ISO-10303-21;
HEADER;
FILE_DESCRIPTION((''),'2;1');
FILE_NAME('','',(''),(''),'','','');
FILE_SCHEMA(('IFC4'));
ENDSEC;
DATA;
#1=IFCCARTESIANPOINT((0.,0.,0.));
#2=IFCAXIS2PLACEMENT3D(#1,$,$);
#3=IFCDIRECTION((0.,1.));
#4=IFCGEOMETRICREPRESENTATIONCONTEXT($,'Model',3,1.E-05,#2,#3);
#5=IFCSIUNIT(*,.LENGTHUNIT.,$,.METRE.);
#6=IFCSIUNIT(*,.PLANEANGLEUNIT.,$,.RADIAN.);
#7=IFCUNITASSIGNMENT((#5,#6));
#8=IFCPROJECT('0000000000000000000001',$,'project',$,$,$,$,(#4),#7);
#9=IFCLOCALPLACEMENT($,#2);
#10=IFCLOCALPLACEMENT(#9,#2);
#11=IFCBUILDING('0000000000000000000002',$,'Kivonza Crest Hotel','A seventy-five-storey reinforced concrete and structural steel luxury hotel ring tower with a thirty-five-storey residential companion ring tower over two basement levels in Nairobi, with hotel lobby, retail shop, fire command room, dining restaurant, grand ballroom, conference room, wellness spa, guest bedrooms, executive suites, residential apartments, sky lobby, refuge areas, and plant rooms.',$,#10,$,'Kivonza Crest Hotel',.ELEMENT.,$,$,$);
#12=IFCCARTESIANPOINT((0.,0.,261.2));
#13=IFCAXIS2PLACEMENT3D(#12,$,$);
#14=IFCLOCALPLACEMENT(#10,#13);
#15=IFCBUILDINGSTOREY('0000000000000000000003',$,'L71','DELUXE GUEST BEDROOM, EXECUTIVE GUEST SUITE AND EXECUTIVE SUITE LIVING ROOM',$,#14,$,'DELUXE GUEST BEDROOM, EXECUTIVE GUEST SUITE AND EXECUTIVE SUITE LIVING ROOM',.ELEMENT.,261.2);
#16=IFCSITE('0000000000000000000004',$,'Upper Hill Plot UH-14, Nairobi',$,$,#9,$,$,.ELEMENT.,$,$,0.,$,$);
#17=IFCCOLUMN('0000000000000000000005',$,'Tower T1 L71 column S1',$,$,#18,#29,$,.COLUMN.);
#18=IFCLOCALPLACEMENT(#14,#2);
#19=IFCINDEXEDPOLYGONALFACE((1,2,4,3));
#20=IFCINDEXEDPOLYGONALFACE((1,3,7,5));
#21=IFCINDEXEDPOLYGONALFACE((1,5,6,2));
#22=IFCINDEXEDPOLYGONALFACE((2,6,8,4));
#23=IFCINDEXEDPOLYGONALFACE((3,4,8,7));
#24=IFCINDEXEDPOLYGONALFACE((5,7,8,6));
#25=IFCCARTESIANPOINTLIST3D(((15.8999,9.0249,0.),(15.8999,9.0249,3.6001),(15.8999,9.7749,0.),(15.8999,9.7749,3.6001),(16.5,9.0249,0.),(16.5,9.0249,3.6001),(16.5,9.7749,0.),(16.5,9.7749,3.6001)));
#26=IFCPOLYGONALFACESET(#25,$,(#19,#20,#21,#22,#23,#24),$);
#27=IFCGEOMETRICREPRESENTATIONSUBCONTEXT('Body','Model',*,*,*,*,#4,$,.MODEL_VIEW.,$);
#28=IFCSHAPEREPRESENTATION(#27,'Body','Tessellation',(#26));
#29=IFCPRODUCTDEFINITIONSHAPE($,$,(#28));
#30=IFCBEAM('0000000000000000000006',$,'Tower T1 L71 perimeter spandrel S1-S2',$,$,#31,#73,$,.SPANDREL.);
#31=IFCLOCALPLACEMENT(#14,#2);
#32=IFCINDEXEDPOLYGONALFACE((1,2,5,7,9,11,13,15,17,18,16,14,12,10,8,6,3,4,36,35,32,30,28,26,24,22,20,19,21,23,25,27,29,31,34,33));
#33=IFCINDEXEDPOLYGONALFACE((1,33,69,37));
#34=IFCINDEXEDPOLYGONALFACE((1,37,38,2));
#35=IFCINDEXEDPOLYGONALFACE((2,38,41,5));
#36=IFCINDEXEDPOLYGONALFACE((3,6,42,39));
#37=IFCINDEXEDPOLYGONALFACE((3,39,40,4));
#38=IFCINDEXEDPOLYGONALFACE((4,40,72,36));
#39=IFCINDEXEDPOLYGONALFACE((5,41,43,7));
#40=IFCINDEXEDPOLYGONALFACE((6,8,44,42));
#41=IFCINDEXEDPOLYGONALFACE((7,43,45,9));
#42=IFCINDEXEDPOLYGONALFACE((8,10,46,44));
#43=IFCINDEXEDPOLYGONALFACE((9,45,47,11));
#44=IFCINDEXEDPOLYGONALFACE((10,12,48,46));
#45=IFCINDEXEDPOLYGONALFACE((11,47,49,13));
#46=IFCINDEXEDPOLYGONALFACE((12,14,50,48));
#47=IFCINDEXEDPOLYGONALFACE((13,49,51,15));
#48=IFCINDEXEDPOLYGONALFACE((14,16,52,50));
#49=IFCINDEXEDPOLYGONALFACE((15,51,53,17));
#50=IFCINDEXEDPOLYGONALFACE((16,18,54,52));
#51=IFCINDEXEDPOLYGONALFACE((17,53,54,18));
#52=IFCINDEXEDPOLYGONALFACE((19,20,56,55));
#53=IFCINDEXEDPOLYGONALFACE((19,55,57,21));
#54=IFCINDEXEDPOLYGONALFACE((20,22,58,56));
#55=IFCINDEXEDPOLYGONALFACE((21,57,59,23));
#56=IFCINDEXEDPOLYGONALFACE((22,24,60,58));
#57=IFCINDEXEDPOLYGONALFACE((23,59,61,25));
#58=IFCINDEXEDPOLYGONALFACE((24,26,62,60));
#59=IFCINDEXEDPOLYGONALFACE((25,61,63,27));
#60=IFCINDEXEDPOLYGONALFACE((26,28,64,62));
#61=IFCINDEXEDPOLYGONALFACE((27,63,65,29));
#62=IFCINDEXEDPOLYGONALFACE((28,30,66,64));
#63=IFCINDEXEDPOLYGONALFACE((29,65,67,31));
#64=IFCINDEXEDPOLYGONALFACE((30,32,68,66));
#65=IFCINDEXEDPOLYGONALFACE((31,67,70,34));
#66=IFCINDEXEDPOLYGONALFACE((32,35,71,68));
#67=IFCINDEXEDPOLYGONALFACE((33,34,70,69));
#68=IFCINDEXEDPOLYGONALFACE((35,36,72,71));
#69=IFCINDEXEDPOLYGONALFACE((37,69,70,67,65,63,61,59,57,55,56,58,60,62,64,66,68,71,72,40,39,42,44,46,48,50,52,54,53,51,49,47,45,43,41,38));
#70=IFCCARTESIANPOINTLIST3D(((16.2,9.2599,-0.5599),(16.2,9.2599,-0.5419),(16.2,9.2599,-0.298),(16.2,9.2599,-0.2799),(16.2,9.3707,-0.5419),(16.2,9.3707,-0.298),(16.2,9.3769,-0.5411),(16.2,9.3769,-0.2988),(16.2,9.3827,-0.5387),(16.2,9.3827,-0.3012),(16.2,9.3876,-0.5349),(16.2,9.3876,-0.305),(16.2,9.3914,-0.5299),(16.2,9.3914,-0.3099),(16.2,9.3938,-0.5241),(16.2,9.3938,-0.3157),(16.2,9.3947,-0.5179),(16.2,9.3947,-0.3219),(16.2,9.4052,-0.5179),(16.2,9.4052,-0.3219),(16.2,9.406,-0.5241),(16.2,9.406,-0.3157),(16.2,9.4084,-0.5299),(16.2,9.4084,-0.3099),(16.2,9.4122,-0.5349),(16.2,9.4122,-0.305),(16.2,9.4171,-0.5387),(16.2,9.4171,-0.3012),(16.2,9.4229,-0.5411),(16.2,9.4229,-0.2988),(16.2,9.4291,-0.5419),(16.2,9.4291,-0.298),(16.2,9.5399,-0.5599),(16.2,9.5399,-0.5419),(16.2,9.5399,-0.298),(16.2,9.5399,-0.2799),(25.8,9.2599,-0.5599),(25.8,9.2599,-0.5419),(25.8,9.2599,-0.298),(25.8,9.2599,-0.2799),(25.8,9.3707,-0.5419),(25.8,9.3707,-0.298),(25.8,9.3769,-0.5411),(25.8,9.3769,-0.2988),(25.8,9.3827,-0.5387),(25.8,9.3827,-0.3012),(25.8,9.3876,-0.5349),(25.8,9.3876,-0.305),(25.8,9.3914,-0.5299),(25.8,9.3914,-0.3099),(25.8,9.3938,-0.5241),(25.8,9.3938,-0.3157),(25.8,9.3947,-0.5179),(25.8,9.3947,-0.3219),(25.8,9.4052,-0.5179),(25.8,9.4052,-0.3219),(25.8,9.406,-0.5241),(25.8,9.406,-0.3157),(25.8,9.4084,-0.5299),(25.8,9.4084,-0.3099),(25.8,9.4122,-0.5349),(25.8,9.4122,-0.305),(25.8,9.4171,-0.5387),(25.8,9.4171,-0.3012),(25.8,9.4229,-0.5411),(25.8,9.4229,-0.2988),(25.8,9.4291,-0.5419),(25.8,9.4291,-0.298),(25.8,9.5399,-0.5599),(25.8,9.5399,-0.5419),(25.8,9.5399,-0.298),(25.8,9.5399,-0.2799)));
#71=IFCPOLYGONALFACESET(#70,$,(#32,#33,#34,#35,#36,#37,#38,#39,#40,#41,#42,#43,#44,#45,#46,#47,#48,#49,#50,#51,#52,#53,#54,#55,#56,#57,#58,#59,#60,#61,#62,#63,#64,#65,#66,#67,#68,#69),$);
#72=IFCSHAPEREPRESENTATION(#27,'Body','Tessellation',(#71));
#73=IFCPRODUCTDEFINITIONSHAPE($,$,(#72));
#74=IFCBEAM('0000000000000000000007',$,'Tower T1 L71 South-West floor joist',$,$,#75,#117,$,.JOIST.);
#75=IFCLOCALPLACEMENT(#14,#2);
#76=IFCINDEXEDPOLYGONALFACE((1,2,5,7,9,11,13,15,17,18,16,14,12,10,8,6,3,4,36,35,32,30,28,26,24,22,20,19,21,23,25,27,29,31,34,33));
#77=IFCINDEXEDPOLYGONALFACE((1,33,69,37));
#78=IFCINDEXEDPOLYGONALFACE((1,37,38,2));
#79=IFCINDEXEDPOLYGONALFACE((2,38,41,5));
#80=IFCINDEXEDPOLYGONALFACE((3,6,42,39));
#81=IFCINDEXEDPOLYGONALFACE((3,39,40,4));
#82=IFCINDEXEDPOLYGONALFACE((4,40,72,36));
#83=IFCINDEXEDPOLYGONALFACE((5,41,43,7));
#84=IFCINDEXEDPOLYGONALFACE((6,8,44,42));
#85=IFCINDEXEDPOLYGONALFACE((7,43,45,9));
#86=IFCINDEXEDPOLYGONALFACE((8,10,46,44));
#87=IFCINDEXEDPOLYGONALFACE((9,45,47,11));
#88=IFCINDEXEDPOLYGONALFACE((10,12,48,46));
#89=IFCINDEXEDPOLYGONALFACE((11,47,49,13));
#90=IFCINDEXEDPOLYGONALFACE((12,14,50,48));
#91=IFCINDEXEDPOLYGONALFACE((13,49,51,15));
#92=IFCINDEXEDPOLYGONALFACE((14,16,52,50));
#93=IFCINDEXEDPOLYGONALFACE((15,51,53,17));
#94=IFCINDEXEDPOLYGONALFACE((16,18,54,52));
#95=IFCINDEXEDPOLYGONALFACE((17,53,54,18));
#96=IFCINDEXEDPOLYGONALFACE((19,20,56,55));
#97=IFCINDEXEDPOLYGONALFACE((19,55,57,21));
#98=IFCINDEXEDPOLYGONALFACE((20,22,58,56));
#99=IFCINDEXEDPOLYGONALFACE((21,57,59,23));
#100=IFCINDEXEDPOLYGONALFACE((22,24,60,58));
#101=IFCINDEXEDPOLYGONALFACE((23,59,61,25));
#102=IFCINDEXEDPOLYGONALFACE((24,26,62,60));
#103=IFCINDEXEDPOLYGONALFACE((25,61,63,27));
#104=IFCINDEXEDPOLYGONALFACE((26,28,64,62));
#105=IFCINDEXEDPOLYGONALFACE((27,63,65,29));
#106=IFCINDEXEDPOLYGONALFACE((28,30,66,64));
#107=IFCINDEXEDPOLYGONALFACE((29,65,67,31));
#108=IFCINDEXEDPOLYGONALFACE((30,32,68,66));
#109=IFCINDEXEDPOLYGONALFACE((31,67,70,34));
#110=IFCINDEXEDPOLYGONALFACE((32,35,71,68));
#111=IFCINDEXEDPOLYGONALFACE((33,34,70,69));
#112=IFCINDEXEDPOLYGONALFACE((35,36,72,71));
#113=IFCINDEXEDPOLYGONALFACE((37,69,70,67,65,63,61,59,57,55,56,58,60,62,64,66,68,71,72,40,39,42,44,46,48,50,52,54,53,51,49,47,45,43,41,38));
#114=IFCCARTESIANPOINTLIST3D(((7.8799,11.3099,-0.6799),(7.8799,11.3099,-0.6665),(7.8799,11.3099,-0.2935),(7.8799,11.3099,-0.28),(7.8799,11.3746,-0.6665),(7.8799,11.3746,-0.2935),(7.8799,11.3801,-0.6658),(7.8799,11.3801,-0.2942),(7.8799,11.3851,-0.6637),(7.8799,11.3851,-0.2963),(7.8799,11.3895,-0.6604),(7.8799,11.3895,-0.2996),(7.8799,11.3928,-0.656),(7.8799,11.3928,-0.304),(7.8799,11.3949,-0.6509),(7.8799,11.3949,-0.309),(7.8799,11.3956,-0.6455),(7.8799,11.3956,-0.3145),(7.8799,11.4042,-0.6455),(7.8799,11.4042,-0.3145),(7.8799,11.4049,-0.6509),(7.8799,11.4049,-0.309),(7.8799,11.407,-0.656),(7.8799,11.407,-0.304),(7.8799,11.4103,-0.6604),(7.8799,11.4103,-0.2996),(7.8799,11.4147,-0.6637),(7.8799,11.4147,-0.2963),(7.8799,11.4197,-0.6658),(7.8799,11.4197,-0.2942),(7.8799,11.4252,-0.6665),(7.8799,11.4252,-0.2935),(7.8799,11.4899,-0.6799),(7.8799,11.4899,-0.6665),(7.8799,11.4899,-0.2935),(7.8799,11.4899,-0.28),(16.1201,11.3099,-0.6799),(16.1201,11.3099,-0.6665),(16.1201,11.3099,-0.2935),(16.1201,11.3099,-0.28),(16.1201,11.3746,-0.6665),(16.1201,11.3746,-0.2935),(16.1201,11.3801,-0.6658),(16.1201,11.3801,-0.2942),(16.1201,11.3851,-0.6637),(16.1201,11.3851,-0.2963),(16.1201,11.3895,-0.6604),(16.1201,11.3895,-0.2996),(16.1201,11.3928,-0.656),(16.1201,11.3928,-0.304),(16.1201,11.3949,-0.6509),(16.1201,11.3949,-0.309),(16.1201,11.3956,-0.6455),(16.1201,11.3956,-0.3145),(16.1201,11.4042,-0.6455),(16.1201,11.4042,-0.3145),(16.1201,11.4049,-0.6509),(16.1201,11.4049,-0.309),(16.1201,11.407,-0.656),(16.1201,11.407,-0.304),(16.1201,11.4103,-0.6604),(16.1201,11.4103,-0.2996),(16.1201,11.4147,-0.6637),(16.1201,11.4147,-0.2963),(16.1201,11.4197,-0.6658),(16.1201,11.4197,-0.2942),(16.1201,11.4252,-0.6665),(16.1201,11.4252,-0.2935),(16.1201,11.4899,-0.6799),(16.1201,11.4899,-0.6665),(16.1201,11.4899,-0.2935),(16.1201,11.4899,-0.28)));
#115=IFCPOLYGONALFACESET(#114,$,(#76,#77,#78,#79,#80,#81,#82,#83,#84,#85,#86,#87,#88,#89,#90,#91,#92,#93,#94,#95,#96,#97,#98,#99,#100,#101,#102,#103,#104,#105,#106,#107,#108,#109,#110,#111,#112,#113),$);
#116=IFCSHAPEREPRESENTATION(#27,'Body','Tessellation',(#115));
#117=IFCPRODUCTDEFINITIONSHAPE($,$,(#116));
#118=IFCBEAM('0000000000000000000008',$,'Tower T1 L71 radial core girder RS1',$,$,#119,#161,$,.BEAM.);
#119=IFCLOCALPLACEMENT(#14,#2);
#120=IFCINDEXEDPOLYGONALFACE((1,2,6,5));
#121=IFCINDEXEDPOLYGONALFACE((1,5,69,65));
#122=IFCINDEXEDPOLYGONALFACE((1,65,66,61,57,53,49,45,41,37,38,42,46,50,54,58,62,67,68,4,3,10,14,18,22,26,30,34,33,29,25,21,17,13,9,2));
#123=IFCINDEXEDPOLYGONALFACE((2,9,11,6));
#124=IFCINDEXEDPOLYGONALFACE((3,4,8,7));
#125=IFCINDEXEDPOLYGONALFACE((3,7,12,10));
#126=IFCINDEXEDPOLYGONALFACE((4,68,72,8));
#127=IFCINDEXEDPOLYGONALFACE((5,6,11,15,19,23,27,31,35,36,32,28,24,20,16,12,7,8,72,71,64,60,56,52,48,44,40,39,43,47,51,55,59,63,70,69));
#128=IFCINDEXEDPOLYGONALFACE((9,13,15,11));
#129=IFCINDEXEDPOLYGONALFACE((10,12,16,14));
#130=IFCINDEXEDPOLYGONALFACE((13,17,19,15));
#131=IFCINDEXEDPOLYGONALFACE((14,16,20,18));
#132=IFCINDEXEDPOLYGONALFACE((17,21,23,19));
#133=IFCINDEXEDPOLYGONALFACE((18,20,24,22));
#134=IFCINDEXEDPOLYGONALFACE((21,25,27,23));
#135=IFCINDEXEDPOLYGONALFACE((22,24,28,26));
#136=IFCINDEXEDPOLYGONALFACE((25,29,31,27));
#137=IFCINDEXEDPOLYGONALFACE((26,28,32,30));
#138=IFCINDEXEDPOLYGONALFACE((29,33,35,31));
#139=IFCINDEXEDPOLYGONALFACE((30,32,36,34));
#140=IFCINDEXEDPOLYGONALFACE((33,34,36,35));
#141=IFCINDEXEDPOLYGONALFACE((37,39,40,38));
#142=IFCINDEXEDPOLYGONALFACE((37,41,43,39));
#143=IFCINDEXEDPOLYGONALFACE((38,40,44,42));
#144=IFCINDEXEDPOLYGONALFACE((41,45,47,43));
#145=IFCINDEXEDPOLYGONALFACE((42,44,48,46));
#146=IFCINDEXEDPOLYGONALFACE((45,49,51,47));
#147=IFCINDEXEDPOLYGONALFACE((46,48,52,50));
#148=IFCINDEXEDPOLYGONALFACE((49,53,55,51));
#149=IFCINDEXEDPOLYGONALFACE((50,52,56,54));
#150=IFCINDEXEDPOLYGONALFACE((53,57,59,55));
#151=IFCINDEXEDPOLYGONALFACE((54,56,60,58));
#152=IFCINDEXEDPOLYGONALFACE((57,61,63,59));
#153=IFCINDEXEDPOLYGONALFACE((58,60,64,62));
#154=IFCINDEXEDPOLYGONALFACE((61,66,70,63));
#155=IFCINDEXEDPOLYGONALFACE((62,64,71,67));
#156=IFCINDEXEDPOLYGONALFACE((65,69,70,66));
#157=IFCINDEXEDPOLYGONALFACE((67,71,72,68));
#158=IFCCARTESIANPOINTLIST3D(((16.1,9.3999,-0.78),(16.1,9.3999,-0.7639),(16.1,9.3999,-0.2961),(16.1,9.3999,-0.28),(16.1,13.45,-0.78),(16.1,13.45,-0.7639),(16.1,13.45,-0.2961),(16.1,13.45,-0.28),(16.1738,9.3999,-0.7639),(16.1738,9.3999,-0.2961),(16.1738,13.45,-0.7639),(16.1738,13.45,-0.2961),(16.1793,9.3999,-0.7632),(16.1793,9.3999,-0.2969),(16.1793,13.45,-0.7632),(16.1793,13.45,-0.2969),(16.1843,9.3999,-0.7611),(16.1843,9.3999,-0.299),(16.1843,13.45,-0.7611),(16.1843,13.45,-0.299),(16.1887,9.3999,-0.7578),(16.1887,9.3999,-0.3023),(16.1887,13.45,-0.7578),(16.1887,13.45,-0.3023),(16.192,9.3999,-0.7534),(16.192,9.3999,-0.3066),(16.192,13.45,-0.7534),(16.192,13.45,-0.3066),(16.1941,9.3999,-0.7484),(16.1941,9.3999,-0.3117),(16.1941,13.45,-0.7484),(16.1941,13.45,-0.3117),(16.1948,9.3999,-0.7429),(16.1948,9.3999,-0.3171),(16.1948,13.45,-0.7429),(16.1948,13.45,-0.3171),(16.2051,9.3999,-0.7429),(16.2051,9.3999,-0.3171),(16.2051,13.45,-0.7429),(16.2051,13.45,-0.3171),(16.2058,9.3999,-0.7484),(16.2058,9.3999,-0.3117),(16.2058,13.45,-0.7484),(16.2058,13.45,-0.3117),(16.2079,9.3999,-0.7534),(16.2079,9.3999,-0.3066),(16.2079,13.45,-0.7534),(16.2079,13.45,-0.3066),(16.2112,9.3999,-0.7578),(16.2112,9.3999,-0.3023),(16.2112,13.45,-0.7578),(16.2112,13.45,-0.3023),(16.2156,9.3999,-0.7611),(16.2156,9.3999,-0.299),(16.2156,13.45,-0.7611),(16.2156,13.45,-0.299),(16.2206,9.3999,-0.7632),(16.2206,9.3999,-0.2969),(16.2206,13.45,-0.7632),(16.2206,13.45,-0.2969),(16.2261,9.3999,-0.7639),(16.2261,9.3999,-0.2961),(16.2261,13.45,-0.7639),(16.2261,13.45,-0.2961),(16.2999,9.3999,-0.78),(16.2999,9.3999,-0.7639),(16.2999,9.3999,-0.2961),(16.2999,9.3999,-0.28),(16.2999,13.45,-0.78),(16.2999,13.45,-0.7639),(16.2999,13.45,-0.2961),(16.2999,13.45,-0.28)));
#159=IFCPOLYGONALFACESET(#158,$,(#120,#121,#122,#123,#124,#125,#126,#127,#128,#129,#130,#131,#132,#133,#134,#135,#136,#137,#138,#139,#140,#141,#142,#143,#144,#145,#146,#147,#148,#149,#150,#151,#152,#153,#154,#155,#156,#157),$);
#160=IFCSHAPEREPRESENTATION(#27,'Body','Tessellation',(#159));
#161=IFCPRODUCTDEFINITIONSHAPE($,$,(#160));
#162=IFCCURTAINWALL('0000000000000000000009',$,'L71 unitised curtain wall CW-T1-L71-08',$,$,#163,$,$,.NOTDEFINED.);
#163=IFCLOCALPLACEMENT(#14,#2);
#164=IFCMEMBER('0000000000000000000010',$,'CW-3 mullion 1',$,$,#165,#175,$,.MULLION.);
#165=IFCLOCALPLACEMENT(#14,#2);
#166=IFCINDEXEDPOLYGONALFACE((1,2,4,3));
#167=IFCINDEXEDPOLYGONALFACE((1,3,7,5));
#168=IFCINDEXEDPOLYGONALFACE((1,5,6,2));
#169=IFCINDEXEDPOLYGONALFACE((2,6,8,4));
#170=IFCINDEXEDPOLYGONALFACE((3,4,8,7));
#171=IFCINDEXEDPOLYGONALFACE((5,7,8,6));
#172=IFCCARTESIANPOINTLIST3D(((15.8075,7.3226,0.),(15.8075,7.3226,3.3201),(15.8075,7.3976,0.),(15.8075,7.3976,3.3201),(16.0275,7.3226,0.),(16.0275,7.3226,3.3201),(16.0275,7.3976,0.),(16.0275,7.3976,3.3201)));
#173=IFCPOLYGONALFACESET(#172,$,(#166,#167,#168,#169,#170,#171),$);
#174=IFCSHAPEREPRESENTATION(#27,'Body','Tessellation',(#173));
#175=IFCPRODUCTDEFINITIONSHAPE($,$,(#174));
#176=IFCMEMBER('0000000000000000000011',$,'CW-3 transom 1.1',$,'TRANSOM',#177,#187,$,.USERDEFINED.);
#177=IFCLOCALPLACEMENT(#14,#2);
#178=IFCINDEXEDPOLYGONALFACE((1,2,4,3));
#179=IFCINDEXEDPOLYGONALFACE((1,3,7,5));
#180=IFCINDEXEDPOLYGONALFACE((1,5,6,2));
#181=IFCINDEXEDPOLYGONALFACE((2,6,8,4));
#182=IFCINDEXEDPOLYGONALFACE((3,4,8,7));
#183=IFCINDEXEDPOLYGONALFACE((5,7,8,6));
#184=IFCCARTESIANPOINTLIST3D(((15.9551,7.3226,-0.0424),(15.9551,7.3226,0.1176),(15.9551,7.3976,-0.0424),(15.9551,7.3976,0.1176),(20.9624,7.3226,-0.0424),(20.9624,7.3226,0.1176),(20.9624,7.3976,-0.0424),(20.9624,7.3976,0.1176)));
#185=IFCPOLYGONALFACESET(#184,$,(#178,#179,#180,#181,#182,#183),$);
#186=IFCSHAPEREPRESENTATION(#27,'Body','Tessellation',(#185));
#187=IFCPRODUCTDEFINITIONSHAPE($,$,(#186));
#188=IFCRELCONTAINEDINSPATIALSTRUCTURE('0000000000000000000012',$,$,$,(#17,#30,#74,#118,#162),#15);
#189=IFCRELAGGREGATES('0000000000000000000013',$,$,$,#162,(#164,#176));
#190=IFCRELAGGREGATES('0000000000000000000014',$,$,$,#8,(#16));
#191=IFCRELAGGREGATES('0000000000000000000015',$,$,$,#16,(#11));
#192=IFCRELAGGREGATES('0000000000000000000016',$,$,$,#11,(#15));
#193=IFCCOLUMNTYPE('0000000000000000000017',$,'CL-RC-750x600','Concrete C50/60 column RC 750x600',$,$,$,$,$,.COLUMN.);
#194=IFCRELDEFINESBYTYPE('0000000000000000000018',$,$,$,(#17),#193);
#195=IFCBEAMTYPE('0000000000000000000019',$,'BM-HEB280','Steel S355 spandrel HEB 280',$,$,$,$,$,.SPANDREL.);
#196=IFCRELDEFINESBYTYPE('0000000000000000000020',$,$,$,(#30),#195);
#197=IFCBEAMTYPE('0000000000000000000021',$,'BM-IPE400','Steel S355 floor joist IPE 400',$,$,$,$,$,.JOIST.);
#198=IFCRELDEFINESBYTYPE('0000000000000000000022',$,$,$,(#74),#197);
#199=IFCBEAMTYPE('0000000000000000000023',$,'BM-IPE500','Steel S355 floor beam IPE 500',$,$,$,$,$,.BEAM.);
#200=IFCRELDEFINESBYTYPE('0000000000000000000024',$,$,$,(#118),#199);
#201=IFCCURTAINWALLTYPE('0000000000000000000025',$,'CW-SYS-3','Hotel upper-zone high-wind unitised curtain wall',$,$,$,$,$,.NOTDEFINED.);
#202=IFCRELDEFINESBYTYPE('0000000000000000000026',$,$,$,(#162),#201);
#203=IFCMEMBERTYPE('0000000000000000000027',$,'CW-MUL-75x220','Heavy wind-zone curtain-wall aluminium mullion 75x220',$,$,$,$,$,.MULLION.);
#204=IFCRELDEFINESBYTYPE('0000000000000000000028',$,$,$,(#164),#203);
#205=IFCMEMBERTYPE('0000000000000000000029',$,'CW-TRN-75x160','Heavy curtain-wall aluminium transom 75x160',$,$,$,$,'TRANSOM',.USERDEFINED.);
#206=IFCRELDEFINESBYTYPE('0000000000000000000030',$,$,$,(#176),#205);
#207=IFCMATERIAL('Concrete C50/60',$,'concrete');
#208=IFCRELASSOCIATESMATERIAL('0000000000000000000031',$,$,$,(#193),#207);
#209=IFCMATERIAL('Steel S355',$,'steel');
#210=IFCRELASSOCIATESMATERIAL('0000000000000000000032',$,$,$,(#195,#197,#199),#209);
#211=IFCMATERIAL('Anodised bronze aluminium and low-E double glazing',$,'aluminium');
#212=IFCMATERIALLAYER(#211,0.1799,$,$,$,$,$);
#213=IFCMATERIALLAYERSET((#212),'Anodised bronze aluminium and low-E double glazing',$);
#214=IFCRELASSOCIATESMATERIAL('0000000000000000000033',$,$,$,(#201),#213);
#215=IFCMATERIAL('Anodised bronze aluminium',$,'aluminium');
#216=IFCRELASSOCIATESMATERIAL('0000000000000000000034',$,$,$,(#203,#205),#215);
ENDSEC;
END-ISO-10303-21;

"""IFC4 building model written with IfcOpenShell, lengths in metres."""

from ifc_helpers import new_model, si_unit, direction, frame, origin, origin_2d, place, context, subcontext, project, spatial, rectangle, i_section, extrude, material, layer, layer_set, material_profile, profile_set, type_object, element, aggregate, save


model = new_model("IFC4")

# Units and contexts
model_context = context("Model", 3, precision=1e-05, world=origin(), true_north=direction((0.0, 1.0)))
body_context = subcontext(model_context, "Body", "Model", "MODEL_VIEW")
ifc_project = project(units=[si_unit("LENGTHUNIT", "METRE"), si_unit("PLANEANGLEUNIT", "RADIAN")], contexts=[model_context])

# Site, building, storey
site_placement = place(None, origin())
site = spatial("IfcSite", under=ifc_project, at=site_placement, Name="Upper Hill Plot UH-14, Nairobi", CompositionType="ELEMENT", RefElevation=0.0)
building_placement = place(site_placement, origin())
building = spatial("IfcBuilding", under=site, at=building_placement, Name="Kivonza Crest Hotel", Description="A seventy-five-storey reinforced concrete and structural steel luxury hotel ring tower with a thirty-five-storey residential companion ring tower over two basement levels in Nairobi, with hotel lobby, retail shop, fire command room, dining restaurant, grand ballroom, conference room, wellness spa, guest bedrooms, executive suites, residential apartments, sky lobby, refuge areas, and plant rooms.", LongName="Kivonza Crest Hotel", CompositionType="ELEMENT")
storey_placement = place(building_placement, frame((0.0, 0.0, 261.2)))
storey = spatial("IfcBuildingStorey", under=building, at=storey_placement, Name="L71", Description="DELUXE GUEST BEDROOM, EXECUTIVE GUEST SUITE AND EXECUTIVE SUITE LIVING ROOM", LongName="DELUXE GUEST BEDROOM, EXECUTIVE GUEST SUITE AND EXECUTIVE SUITE LIVING ROOM", CompositionType="ELEMENT", Elevation=261.2)

# Column
ifc_material_1 = material(Name="Concrete C50/60", Category="concrete")
ifc_material_profile_1 = material_profile(ifc_material_1, rectangle(XDim=0.6001, YDim=0.75, at=origin_2d()), Name="RC 750x600")
ifc_profile_set_1 = profile_set([ifc_material_profile_1], Name="Concrete C50/60")
column_type = type_object("IfcColumnType", Name="CL-RC-750x600", Description="Concrete C50/60 column RC 750x600", PredefinedType="COLUMN", material=ifc_profile_set_1)
column_placement = place(storey_placement, frame((16.2, 9.3999, 0.0), z_axis=(0.0, 0.0, 1.0), x_axis=(1.0, 0.0, 0.0)))
element("IfcColumn", 1, at=column_placement, inside=storey, type_object=column_type, Name="Tower T1 L71 column S1", PredefinedType="COLUMN", context=body_context, shape_type="SweptSolid", body=[
    extrude(rectangle(XDim=0.6001, YDim=0.75, at=origin_2d()), origin(), (0.0, 0.0, 1.0), 3.6001),
])

# Beams
ifc_material_2 = material(Name="Steel S355", Category="steel")
ifc_material_profile_2 = material_profile(ifc_material_2, i_section(OverallWidth=0.28, OverallDepth=0.28, WebThickness=0.0105, FlangeThickness=0.0181, FilletRadius=0.0239, at=origin_2d()), Name="HEB 280")
ifc_profile_set_2 = profile_set([ifc_material_profile_2], Name="Steel S355")
beam_type_1 = type_object("IfcBeamType", Name="BM-HEB280", Description="Steel S355 spandrel HEB 280", PredefinedType="SPANDREL", material=ifc_profile_set_2)
beam_1_placement = place(storey_placement, frame((16.2, 9.3999, -0.4199), z_axis=(1.0, 0.0, 0.0), x_axis=(0.0, 1.0, 0.0)))
element("IfcBeam", 2, at=beam_1_placement, inside=storey, type_object=beam_type_1, Name="Tower T1 L71 perimeter spandrel S1-S2", PredefinedType="SPANDREL", context=body_context, shape_type="SweptSolid", body=[
    extrude(i_section(OverallWidth=0.28, OverallDepth=0.28, WebThickness=0.0105, FlangeThickness=0.0181, FilletRadius=0.0239, at=origin_2d()), origin(), (0.0, 0.0, 1.0), 9.6001),
])
ifc_material_profile_3 = material_profile(ifc_material_2, i_section(OverallWidth=0.1799, OverallDepth=0.3999, WebThickness=0.0085, FlangeThickness=0.0134, FilletRadius=0.021, at=origin_2d()), Name="IPE 400")
ifc_profile_set_3 = profile_set([ifc_material_profile_3], Name="Steel S355")
beam_type_2 = type_object("IfcBeamType", Name="BM-IPE400", Description="Steel S355 floor joist IPE 400", PredefinedType="JOIST", material=ifc_profile_set_3)
beam_2_placement = place(storey_placement, frame((7.8799, 11.3999, -0.48), z_axis=(1.0, 0.0, 0.0), x_axis=(0.0, 1.0, 0.0)))
element("IfcBeam", 3, at=beam_2_placement, inside=storey, type_object=beam_type_2, Name="Tower T1 L71 South-West floor joist", PredefinedType="JOIST", context=body_context, shape_type="SweptSolid", body=[
    extrude(i_section(OverallWidth=0.1799, OverallDepth=0.3999, WebThickness=0.0085, FlangeThickness=0.0134, FilletRadius=0.021, at=origin_2d()), origin(), (0.0, 0.0, 1.0), 8.2402),
])
ifc_material_profile_4 = material_profile(ifc_material_2, i_section(OverallWidth=0.2, OverallDepth=0.5, WebThickness=0.0103, FlangeThickness=0.0161, FilletRadius=0.021, at=origin_2d()), Name="IPE 500")
ifc_profile_set_4 = profile_set([ifc_material_profile_4], Name="Steel S355")
beam_type_3 = type_object("IfcBeamType", Name="BM-IPE500", Description="Steel S355 floor beam IPE 500", PredefinedType="BEAM", material=ifc_profile_set_4)
beam_3_placement = place(storey_placement, frame((16.2, 9.3999, -0.53), z_axis=(0.0, 1.0, 0.0), x_axis=(-1.0, 0.0, 0.0)))
element("IfcBeam", 4, at=beam_3_placement, inside=storey, type_object=beam_type_3, Name="Tower T1 L71 radial core girder RS1", PredefinedType="BEAM", context=body_context, shape_type="SweptSolid", body=[
    extrude(i_section(OverallWidth=0.2, OverallDepth=0.5, WebThickness=0.0103, FlangeThickness=0.0161, FilletRadius=0.021, at=origin_2d()), origin(), (0.0, 0.0, 1.0), 4.05),
])

# Curtain wall, members
ifc_material_3 = material(Name="Anodised bronze aluminium and low-E double glazing", Category="aluminium")
ifc_layer_1 = layer(ifc_material_3, 0.1799)
ifc_layer_set_1 = layer_set([ifc_layer_1], Name="Anodised bronze aluminium and low-E double glazing")
curtain_wall_type = type_object("IfcCurtainWallType", Name="CW-SYS-3", Description="Hotel upper-zone high-wind unitised curtain wall", PredefinedType="NOTDEFINED", material=ifc_layer_set_1)
curtain_wall_placement = place(storey_placement, origin())
curtain_wall = element("IfcCurtainWall", 5, at=curtain_wall_placement, inside=storey, type_object=curtain_wall_type, Name="L71 unitised curtain wall CW-T1-L71-08", PredefinedType="NOTDEFINED")
ifc_material_4 = material(Name="Anodised bronze aluminium", Category="aluminium")
ifc_material_profile_5 = material_profile(ifc_material_4, rectangle(XDim=0.075, YDim=0.22, at=origin_2d()), Name="CW-M 75x220")
ifc_profile_set_5 = profile_set([ifc_material_profile_5], Name="Anodised bronze aluminium")
member_type_1 = type_object("IfcMemberType", Name="CW-MUL-75x220", Description="Heavy wind-zone curtain-wall aluminium mullion 75x220", PredefinedType="MULLION", material=ifc_profile_set_5)
member_1_placement = place(storey_placement, frame((15.9175, 7.3601, 0.0), z_axis=(0.0, 0.0, 1.0), x_axis=(0.0, 1.0, 0.0)))
member_1 = element("IfcMember", 6, at=member_1_placement, type_object=member_type_1, Name="CW-3 mullion 1", PredefinedType="MULLION", context=body_context, shape_type="SweptSolid", body=[
    extrude(rectangle(XDim=0.075, YDim=0.22, at=origin_2d()), origin(), (0.0, 0.0, 1.0), 3.3201),
])
ifc_material_profile_6 = material_profile(ifc_material_4, rectangle(XDim=0.075, YDim=0.1599, at=origin_2d()), Name="CW-T 75x160")
ifc_profile_set_6 = profile_set([ifc_material_profile_6], Name="Anodised bronze aluminium")
member_type_2 = type_object("IfcMemberType", Name="CW-TRN-75x160", Description="Heavy curtain-wall aluminium transom 75x160", ElementType="TRANSOM", PredefinedType="USERDEFINED", material=ifc_profile_set_6)
member_2_placement = place(storey_placement, frame((15.9551, 7.3601, 0.0376), z_axis=(1.0, 0.0, 0.0), x_axis=(0.0, 1.0, 0.0)))
member_2 = element("IfcMember", 7, at=member_2_placement, type_object=member_type_2, Name="CW-3 transom 1.1", ObjectType="TRANSOM", PredefinedType="USERDEFINED", context=body_context, shape_type="SweptSolid", body=[
    extrude(rectangle(XDim=0.075, YDim=0.1599, at=origin_2d()), origin(), (0.0, 0.0, 1.0), 5.0073),
])
aggregate(curtain_wall, [member_1, member_2])

save(model, "model.ifc")
